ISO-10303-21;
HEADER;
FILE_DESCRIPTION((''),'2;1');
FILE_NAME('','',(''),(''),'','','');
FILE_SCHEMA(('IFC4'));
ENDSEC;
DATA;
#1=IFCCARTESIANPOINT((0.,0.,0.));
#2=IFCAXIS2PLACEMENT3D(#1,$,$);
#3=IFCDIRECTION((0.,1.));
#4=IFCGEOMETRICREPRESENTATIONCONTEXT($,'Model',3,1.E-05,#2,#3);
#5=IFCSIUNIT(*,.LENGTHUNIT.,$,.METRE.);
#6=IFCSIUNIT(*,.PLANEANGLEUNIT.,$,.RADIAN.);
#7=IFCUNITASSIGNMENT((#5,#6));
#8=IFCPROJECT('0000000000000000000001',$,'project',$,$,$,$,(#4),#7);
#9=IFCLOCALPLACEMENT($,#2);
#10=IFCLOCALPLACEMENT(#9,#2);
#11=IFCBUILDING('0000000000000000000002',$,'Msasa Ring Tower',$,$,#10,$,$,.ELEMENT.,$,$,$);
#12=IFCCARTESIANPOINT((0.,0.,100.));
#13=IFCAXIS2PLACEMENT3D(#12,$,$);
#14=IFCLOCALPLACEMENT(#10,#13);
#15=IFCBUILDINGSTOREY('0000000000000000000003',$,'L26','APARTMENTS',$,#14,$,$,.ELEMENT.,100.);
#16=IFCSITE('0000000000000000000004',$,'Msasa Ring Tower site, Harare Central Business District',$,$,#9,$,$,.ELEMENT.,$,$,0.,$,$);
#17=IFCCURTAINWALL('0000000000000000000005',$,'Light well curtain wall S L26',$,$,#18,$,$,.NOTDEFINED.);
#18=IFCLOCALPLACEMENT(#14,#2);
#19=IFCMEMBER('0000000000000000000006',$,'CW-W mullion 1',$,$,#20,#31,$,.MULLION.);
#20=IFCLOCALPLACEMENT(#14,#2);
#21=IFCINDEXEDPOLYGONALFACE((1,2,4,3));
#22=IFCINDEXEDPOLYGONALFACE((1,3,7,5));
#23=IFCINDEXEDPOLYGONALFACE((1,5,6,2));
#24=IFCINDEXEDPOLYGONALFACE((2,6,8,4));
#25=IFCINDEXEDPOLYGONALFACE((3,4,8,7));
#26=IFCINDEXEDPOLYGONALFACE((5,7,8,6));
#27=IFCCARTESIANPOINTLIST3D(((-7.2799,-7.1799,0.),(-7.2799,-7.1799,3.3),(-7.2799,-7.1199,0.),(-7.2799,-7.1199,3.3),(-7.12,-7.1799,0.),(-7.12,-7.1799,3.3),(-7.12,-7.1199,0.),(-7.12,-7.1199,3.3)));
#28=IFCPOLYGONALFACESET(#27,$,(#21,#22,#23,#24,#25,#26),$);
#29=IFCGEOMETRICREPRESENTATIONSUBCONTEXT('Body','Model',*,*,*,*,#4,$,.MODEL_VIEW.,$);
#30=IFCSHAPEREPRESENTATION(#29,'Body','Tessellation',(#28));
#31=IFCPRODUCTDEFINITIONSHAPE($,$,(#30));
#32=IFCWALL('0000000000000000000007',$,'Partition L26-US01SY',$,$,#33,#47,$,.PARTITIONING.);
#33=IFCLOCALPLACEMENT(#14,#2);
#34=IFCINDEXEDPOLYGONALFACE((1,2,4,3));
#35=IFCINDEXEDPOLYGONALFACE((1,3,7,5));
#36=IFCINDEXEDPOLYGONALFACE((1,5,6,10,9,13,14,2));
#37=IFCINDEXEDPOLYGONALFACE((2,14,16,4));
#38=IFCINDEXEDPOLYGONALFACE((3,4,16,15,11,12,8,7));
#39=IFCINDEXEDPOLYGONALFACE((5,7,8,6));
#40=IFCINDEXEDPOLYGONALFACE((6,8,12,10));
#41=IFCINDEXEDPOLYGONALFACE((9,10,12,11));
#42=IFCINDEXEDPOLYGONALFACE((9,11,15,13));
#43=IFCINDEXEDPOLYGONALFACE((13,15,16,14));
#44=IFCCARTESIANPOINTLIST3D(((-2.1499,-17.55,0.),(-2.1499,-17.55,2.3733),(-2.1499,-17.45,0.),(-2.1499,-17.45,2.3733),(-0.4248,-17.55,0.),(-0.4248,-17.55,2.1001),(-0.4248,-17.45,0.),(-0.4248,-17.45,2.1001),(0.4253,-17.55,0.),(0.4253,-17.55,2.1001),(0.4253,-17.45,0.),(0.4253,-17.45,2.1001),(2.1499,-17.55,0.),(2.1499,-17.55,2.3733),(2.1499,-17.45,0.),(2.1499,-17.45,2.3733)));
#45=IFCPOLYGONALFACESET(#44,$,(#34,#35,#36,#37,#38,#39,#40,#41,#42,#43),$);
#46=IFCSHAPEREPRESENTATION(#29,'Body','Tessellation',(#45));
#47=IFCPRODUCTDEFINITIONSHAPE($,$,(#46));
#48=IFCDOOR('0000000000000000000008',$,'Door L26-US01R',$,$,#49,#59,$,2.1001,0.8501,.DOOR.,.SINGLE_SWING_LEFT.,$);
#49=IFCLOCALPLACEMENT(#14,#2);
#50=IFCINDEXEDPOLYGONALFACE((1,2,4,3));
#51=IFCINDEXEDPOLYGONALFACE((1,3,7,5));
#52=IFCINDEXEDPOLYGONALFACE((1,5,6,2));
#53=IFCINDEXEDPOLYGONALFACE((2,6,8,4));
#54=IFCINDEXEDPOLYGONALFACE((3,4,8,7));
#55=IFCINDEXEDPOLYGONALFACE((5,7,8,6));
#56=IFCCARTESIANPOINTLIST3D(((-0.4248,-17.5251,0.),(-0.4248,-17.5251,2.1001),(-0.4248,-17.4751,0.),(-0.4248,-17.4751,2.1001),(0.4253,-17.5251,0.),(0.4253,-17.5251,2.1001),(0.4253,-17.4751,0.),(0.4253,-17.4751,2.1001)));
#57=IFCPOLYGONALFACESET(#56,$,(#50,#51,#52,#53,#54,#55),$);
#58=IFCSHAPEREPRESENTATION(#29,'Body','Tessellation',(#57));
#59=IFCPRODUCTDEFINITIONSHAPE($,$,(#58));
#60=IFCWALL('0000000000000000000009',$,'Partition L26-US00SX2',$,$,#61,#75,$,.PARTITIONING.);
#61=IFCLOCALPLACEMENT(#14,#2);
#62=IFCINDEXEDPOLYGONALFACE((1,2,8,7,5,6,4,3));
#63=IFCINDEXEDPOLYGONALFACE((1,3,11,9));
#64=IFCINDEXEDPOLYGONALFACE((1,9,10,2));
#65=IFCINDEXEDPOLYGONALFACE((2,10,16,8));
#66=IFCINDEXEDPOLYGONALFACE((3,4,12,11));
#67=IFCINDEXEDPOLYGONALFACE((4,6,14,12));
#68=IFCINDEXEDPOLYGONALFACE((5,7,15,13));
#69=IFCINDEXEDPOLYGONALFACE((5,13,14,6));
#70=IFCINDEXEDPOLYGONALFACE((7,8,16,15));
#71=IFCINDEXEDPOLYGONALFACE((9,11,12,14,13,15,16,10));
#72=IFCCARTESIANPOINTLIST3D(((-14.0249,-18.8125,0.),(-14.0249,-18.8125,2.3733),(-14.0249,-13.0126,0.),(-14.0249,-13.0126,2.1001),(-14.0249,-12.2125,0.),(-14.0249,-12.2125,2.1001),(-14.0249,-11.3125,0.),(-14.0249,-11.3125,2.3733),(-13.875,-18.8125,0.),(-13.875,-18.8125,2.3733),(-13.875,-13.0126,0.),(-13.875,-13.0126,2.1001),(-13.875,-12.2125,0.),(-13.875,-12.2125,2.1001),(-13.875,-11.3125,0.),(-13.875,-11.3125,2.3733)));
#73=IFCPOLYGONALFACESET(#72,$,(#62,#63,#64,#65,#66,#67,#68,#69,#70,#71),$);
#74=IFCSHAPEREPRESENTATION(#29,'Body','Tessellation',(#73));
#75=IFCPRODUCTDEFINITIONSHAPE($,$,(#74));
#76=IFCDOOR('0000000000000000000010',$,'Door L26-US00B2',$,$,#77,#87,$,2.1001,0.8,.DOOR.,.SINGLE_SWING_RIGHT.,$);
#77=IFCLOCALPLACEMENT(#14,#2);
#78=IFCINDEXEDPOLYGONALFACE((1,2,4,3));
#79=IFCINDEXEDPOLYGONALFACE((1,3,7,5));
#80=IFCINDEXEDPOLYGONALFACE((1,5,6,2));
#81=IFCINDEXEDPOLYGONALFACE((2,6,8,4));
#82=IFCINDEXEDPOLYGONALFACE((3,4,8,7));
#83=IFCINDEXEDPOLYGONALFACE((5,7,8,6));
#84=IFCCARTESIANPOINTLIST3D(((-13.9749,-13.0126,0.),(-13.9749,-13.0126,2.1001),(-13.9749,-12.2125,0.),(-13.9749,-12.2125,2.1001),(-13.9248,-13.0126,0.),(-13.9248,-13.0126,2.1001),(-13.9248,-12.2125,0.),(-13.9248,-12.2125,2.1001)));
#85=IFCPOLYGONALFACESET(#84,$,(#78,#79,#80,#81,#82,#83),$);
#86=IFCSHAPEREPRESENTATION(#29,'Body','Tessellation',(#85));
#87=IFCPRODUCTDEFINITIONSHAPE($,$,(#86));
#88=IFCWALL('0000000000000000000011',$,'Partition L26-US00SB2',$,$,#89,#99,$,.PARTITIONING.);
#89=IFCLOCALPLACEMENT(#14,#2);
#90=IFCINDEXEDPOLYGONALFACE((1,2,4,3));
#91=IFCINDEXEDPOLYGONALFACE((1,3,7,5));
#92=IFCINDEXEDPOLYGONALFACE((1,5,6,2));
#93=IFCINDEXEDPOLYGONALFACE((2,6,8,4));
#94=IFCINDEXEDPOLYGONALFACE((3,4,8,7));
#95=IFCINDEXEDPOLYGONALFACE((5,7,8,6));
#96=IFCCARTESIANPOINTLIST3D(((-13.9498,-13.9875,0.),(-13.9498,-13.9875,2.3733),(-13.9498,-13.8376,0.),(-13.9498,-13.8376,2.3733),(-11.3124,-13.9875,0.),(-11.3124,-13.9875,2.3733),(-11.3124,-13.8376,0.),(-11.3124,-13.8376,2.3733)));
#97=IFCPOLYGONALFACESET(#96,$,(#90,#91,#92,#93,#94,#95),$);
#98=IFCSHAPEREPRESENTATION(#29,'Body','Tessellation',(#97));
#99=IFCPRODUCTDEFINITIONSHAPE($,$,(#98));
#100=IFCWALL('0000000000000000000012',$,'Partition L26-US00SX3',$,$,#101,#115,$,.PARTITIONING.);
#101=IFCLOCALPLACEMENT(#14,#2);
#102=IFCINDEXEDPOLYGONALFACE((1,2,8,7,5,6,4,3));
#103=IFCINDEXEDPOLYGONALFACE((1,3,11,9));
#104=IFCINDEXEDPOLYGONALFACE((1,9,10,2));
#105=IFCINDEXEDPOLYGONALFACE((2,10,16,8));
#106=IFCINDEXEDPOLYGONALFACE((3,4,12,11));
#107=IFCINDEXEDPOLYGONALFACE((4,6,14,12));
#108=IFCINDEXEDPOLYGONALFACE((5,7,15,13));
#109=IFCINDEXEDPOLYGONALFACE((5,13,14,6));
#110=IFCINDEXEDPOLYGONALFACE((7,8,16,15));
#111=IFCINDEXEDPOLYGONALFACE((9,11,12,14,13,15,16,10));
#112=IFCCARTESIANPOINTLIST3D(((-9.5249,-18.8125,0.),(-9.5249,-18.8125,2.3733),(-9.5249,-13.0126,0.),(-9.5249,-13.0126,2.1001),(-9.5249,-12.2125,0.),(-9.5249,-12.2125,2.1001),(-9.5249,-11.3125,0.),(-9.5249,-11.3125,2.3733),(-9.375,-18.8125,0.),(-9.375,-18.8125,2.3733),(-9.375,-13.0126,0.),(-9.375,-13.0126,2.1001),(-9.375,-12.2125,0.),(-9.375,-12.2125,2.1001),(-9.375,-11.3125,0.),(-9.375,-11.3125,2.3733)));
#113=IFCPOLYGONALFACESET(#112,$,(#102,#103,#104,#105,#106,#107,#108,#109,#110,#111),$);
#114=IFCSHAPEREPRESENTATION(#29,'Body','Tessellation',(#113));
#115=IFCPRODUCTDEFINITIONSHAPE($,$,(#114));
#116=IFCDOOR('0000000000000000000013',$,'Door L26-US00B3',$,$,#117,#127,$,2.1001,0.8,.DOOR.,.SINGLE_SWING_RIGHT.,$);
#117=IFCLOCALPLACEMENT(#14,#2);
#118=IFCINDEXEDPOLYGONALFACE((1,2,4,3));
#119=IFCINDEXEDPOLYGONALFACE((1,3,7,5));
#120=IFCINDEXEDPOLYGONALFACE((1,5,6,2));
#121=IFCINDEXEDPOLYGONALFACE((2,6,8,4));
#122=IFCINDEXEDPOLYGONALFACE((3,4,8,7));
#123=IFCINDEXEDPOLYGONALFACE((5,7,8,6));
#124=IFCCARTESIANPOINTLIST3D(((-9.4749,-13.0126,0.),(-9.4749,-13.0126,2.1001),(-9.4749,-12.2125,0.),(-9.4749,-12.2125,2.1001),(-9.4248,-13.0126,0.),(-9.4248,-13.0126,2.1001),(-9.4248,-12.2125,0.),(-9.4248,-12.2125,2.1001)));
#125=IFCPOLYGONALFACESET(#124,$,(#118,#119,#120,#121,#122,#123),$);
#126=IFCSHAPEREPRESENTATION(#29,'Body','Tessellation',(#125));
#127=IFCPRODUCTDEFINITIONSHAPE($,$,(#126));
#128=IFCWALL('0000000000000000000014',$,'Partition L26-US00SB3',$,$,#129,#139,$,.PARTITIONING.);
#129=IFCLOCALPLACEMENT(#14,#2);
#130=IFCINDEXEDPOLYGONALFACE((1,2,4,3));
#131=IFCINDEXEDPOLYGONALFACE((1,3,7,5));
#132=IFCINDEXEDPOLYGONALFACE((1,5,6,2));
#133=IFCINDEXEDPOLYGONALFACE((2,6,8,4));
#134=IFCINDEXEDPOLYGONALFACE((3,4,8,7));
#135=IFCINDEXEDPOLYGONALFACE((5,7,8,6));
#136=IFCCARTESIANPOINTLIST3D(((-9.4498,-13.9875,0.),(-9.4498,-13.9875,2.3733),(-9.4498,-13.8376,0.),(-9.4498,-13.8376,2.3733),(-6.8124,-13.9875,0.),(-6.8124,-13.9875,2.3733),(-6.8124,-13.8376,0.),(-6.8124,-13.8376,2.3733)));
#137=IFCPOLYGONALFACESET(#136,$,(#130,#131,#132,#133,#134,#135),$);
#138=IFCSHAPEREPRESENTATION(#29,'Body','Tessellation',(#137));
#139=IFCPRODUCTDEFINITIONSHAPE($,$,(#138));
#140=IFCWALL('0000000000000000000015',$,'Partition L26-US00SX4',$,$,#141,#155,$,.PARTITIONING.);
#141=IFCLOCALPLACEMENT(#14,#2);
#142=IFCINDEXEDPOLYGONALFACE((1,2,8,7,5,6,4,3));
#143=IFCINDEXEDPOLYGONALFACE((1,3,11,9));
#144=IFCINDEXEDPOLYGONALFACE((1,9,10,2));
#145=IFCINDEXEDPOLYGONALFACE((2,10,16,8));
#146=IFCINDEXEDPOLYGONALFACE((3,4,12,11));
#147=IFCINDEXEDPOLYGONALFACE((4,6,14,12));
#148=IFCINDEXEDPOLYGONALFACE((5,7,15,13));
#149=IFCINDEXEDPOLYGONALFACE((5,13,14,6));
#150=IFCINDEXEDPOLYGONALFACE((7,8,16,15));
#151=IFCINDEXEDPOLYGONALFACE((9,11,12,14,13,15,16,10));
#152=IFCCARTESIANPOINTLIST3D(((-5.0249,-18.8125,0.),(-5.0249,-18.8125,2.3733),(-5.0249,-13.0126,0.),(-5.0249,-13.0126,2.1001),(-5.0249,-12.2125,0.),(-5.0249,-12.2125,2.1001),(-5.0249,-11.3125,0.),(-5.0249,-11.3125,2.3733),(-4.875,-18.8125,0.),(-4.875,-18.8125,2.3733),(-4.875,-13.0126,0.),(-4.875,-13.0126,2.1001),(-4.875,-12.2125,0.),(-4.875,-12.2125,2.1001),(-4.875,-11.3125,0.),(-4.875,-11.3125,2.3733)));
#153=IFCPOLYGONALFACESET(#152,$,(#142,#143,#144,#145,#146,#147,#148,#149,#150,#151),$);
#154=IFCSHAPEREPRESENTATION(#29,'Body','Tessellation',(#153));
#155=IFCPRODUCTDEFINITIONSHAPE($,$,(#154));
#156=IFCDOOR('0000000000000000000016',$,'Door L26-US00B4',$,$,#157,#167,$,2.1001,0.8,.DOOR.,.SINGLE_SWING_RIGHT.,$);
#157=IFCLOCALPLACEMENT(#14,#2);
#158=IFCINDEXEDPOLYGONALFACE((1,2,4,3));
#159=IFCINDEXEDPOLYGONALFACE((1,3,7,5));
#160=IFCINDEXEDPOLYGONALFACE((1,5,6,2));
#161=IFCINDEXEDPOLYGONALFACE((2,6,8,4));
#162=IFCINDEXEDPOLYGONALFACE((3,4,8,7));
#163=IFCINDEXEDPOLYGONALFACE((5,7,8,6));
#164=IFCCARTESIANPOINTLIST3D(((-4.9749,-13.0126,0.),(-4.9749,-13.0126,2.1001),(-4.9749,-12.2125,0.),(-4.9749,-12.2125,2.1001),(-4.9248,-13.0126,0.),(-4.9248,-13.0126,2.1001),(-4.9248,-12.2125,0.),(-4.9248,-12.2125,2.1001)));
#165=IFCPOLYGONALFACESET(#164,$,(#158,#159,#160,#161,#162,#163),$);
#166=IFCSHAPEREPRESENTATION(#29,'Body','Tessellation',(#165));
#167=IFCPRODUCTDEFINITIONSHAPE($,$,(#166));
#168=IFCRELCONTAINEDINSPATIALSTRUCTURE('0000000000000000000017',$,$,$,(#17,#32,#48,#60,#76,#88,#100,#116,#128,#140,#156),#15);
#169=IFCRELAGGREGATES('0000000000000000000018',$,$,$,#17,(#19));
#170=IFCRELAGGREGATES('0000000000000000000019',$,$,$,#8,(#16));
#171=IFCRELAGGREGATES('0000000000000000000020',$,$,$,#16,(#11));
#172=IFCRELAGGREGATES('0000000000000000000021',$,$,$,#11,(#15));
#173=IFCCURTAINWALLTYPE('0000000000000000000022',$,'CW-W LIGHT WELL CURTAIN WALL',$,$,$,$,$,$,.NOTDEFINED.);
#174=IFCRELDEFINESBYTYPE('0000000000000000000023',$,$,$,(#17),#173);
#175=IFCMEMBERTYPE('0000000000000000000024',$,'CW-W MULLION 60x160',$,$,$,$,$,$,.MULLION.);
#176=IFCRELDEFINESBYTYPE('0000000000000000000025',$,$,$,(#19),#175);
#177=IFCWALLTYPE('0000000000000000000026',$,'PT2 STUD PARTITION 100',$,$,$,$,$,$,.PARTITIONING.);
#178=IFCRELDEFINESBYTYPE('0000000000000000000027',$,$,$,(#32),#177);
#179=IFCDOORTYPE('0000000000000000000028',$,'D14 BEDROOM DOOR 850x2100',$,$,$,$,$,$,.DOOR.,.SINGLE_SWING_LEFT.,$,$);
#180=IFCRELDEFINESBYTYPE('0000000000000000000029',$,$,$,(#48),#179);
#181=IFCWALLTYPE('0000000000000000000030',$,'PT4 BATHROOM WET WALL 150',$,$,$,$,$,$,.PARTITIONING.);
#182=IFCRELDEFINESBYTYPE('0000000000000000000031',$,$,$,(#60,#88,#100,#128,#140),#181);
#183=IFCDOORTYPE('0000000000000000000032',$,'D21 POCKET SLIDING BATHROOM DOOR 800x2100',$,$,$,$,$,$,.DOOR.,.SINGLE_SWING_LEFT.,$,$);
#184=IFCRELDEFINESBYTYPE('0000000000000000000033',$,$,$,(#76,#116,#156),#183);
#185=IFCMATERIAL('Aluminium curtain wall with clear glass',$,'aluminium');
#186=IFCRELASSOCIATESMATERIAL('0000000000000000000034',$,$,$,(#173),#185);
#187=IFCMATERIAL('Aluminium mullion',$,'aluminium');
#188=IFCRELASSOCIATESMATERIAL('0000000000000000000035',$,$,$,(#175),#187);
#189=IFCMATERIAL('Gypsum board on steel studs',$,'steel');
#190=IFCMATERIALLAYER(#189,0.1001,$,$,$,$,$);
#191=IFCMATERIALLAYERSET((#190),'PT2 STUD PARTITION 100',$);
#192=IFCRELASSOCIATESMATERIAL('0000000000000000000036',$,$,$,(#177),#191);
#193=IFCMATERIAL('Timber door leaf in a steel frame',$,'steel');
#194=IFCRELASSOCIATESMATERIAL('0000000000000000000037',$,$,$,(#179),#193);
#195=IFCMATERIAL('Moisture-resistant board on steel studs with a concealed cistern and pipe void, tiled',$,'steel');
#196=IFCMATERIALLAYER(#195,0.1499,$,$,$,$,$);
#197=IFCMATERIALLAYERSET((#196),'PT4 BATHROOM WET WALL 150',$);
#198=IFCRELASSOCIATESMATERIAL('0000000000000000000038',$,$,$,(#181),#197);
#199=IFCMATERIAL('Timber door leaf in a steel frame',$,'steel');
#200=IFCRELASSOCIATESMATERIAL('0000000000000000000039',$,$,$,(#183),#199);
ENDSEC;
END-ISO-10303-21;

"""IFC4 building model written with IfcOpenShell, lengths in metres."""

from ifc_helpers import new_model, si_unit, direction, frame, frame_2d, origin, origin_2d, place, context, subcontext, project, spatial, rectangle, extrude, material, layer, layer_set, material_profile, profile_set, type_object, element, fill, aggregate, save


model = new_model("IFC4")

# Units and contexts
model_context = context("Model", 3, precision=1e-05, world=origin(), true_north=direction((0.0, 1.0)))
body_context = subcontext(model_context, "Body", "Model", "MODEL_VIEW")
ifc_project = project(units=[si_unit("LENGTHUNIT", "METRE"), si_unit("PLANEANGLEUNIT", "RADIAN")], contexts=[model_context])

# Site, building, storey
site_placement = place(None, origin())
site = spatial("IfcSite", under=ifc_project, at=site_placement, Name="Msasa Ring Tower site, Harare Central Business District", CompositionType="ELEMENT", RefElevation=0.0)
building_placement = place(site_placement, origin())
building = spatial("IfcBuilding", under=site, at=building_placement, Name="Msasa Ring Tower", CompositionType="ELEMENT")
storey_placement = place(building_placement, frame((0.0, 0.0, 100.0)))
storey = spatial("IfcBuildingStorey", under=building, at=storey_placement, Name="L26", Description="APARTMENTS", CompositionType="ELEMENT", Elevation=100.0)

# Curtain wall, member
ifc_material_1 = material(Name="Aluminium curtain wall with clear glass", Category="aluminium")
curtain_wall_type = type_object("IfcCurtainWallType", Name="CW-W LIGHT WELL CURTAIN WALL", PredefinedType="NOTDEFINED", material=ifc_material_1)
curtain_wall_placement = place(storey_placement, origin())
curtain_wall = element("IfcCurtainWall", 1, at=curtain_wall_placement, inside=storey, type_object=curtain_wall_type, Name="Light well curtain wall S L26", PredefinedType="NOTDEFINED")
ifc_material_2 = material(Name="Aluminium mullion", Category="aluminium")
ifc_material_profile = material_profile(ifc_material_2, rectangle(XDim=0.0601, YDim=0.1599, at=origin_2d()), Name="AL 60x160")
ifc_profile_set = profile_set([ifc_material_profile], Name="Aluminium mullion")
member_type = type_object("IfcMemberType", Name="CW-W MULLION 60x160", PredefinedType="MULLION", material=ifc_profile_set)
member_placement = place(storey_placement, frame((-7.2, -7.1499, 0.0), z_axis=(0.0, 0.0, 1.0), x_axis=(0.0, 1.0, 0.0)))
member = element("IfcMember", 2, at=member_placement, type_object=member_type, Name="CW-W mullion 1", PredefinedType="MULLION", context=body_context, shape_type="SweptSolid", body=[
    extrude(rectangle(XDim=0.0601, YDim=0.1599, at=origin_2d()), origin(), (0.0, 0.0, 1.0), 3.3),
])
aggregate(curtain_wall, [member])

# Walls, openings, doors
ifc_material_3 = material(Name="Gypsum board on steel studs", Category="steel")
ifc_layer_1 = layer(ifc_material_3, 0.1001)
ifc_layer_set_1 = layer_set([ifc_layer_1], Name="PT2 STUD PARTITION 100")
wall_type_1 = type_object("IfcWallType", Name="PT2 STUD PARTITION 100", PredefinedType="PARTITIONING", material=ifc_layer_set_1)
wall_1_placement = place(storey_placement, frame((-2.1499, -17.5, 0.0), z_axis=(0.0, 0.0, 1.0), x_axis=(1.0, 0.0, 0.0)))
wall_1 = element("IfcWall", 3, at=wall_1_placement, inside=storey, type_object=wall_type_1, Name="Partition L26-US01SY", PredefinedType="PARTITIONING", context=body_context, shape_type="SweptSolid", body=[
    extrude(rectangle(XDim=4.2998, YDim=0.1001, at=frame_2d((2.1499, 0.0))), origin(), (0.0, 0.0, 1.0), 2.3733),
])
opening_1_placement = place(wall_1_placement, frame((1.7251, 0.0, 0.0)))
opening_1 = element("IfcOpeningElement", 4, at=opening_1_placement, cuts=wall_1, PredefinedType="OPENING", context=body_context, shape_type="SweptSolid", body=[
    extrude(rectangle(XDim=0.8501, YDim=2.1001, at=frame_2d((0.425, 1.05))), frame((0.0, 0.0601, 0.0), z_axis=(0.0, -1.0, 0.0), x_axis=(1.0, 0.0, 0.0)), (0.0, 0.0, 1.0), 0.1201),
])
ifc_material_4 = material(Name="Timber door leaf in a steel frame", Category="steel")
door_type_1 = type_object("IfcDoorType", Name="D14 BEDROOM DOOR 850x2100", OperationType="SINGLE_SWING_LEFT", PredefinedType="DOOR", material=ifc_material_4)
door_1_placement = place(opening_1_placement, origin())
door_1 = element("IfcDoor", 5, at=door_1_placement, inside=storey, type_object=door_type_1, Name="Door L26-US01R", OperationType="SINGLE_SWING_LEFT", OverallHeight=2.1001, OverallWidth=0.8501, PredefinedType="DOOR", context=body_context, shape_type="SweptSolid", body=[
    extrude(rectangle(XDim=0.8501, YDim=2.1001, at=frame_2d((0.425, 1.05))), frame((0.0, 0.0249, 0.0), z_axis=(0.0, -1.0, 0.0), x_axis=(1.0, 0.0, 0.0)), (0.0, 0.0, 1.0), 0.05),
])
fill(opening_1, door_1)
ifc_material_5 = material(Name="Moisture-resistant board on steel studs with a concealed cistern and pipe void, tiled", Category="steel")
ifc_layer_2 = layer(ifc_material_5, 0.1499)
ifc_layer_set_2 = layer_set([ifc_layer_2], Name="PT4 BATHROOM WET WALL 150")
wall_type_2 = type_object("IfcWallType", Name="PT4 BATHROOM WET WALL 150", PredefinedType="PARTITIONING", material=ifc_layer_set_2)
wall_2_placement = place(storey_placement, frame((-13.95, -18.8125, 0.0), z_axis=(0.0, 0.0, 1.0), x_axis=(0.0, 1.0, 0.0)))
wall_2 = element("IfcWall", 6, at=wall_2_placement, inside=storey, type_object=wall_type_2, Name="Partition L26-US00SX2", PredefinedType="PARTITIONING", context=body_context, shape_type="SweptSolid", body=[
    extrude(rectangle(XDim=7.5, YDim=0.1499, at=frame_2d((3.75, 0.0))), origin(), (0.0, 0.0, 1.0), 2.3733),
])
opening_2_placement = place(wall_2_placement, frame((5.8, 0.0, 0.0)))
opening_2 = element("IfcOpeningElement", 7, at=opening_2_placement, cuts=wall_2, PredefinedType="OPENING", context=body_context, shape_type="SweptSolid", body=[
    extrude(rectangle(XDim=0.8, YDim=2.1001, at=frame_2d((0.3999, 1.05))), frame((0.0, 0.085, 0.0), z_axis=(0.0, -1.0, 0.0), x_axis=(1.0, 0.0, 0.0)), (0.0, 0.0, 1.0), 0.1699),
])
ifc_material_6 = material(Name="Timber door leaf in a steel frame", Category="steel")
door_type_2 = type_object("IfcDoorType", Name="D21 POCKET SLIDING BATHROOM DOOR 800x2100", OperationType="SINGLE_SWING_LEFT", PredefinedType="DOOR", material=ifc_material_6)
door_2_placement = place(opening_2_placement, origin())
door_2 = element("IfcDoor", 8, at=door_2_placement, inside=storey, type_object=door_type_2, Name="Door L26-US00B2", OperationType="SINGLE_SWING_RIGHT", OverallHeight=2.1001, OverallWidth=0.8, PredefinedType="DOOR", context=body_context, shape_type="SweptSolid", body=[
    extrude(rectangle(XDim=0.8, YDim=2.1001, at=frame_2d((0.3999, 1.05))), frame((0.0, 0.0249, 0.0), z_axis=(0.0, -1.0, 0.0), x_axis=(1.0, 0.0, 0.0)), (0.0, 0.0, 1.0), 0.05),
])
fill(opening_2, door_2)

# Wall
wall_3_placement = place(storey_placement, frame((-13.95, -13.9126, 0.0), z_axis=(0.0, 0.0, 1.0), x_axis=(1.0, 0.0, 0.0)))
element("IfcWall", 9, at=wall_3_placement, inside=storey, type_object=wall_type_2, Name="Partition L26-US00SB2", PredefinedType="PARTITIONING", context=body_context, shape_type="SweptSolid", body=[
    extrude(rectangle(XDim=2.6375, YDim=0.1499, at=frame_2d((1.3188, 0.0))), origin(), (0.0, 0.0, 1.0), 2.3733),
])

# Wall, opening, door
wall_4_placement = place(storey_placement, frame((-9.45, -18.8125, 0.0), z_axis=(0.0, 0.0, 1.0), x_axis=(0.0, 1.0, 0.0)))
wall_4 = element("IfcWall", 10, at=wall_4_placement, inside=storey, type_object=wall_type_2, Name="Partition L26-US00SX3", PredefinedType="PARTITIONING", context=body_context, shape_type="SweptSolid", body=[
    extrude(rectangle(XDim=7.5, YDim=0.1499, at=frame_2d((3.75, 0.0))), origin(), (0.0, 0.0, 1.0), 2.3733),
])
opening_3_placement = place(wall_4_placement, frame((5.8, 0.0, 0.0)))
opening_3 = element("IfcOpeningElement", 11, at=opening_3_placement, cuts=wall_4, PredefinedType="OPENING", context=body_context, shape_type="SweptSolid", body=[
    extrude(rectangle(XDim=0.8, YDim=2.1001, at=frame_2d((0.3999, 1.05))), frame((0.0, 0.085, 0.0), z_axis=(0.0, -1.0, 0.0), x_axis=(1.0, 0.0, 0.0)), (0.0, 0.0, 1.0), 0.1699),
])
door_3_placement = place(opening_3_placement, origin())
door_3 = element("IfcDoor", 12, at=door_3_placement, inside=storey, type_object=door_type_2, Name="Door L26-US00B3", OperationType="SINGLE_SWING_RIGHT", OverallHeight=2.1001, OverallWidth=0.8, PredefinedType="DOOR", context=body_context, shape_type="SweptSolid", body=[
    extrude(rectangle(XDim=0.8, YDim=2.1001, at=frame_2d((0.3999, 1.05))), frame((0.0, 0.0249, 0.0), z_axis=(0.0, -1.0, 0.0), x_axis=(1.0, 0.0, 0.0)), (0.0, 0.0, 1.0), 0.05),
])
fill(opening_3, door_3)

# Wall
wall_5_placement = place(storey_placement, frame((-9.45, -13.9126, 0.0), z_axis=(0.0, 0.0, 1.0), x_axis=(1.0, 0.0, 0.0)))
element("IfcWall", 13, at=wall_5_placement, inside=storey, type_object=wall_type_2, Name="Partition L26-US00SB3", PredefinedType="PARTITIONING", context=body_context, shape_type="SweptSolid", body=[
    extrude(rectangle(XDim=2.6375, YDim=0.1499, at=frame_2d((1.3188, 0.0))), origin(), (0.0, 0.0, 1.0), 2.3733),
])

# Wall, opening, door
wall_6_placement = place(storey_placement, frame((-4.95, -18.8125, 0.0), z_axis=(0.0, 0.0, 1.0), x_axis=(0.0, 1.0, 0.0)))
wall_6 = element("IfcWall", 14, at=wall_6_placement, inside=storey, type_object=wall_type_2, Name="Partition L26-US00SX4", PredefinedType="PARTITIONING", context=body_context, shape_type="SweptSolid", body=[
    extrude(rectangle(XDim=7.5, YDim=0.1499, at=frame_2d((3.75, 0.0))), origin(), (0.0, 0.0, 1.0), 2.3733),
])
opening_4_placement = place(wall_6_placement, frame((5.8, 0.0, 0.0)))
opening_4 = element("IfcOpeningElement", 15, at=opening_4_placement, cuts=wall_6, PredefinedType="OPENING", context=body_context, shape_type="SweptSolid", body=[
    extrude(rectangle(XDim=0.8, YDim=2.1001, at=frame_2d((0.3999, 1.05))), frame((0.0, 0.085, 0.0), z_axis=(0.0, -1.0, 0.0), x_axis=(1.0, 0.0, 0.0)), (0.0, 0.0, 1.0), 0.1699),
])
door_4_placement = place(opening_4_placement, origin())
door_4 = element("IfcDoor", 16, at=door_4_placement, inside=storey, type_object=door_type_2, Name="Door L26-US00B4", OperationType="SINGLE_SWING_RIGHT", OverallHeight=2.1001, OverallWidth=0.8, PredefinedType="DOOR", context=body_context, shape_type="SweptSolid", body=[
    extrude(rectangle(XDim=0.8, YDim=2.1001, at=frame_2d((0.3999, 1.05))), frame((0.0, 0.0249, 0.0), z_axis=(0.0, -1.0, 0.0), x_axis=(1.0, 0.0, 0.0)), (0.0, 0.0, 1.0), 0.05),
])
fill(opening_4, door_4)

save(model, "model.ifc")
